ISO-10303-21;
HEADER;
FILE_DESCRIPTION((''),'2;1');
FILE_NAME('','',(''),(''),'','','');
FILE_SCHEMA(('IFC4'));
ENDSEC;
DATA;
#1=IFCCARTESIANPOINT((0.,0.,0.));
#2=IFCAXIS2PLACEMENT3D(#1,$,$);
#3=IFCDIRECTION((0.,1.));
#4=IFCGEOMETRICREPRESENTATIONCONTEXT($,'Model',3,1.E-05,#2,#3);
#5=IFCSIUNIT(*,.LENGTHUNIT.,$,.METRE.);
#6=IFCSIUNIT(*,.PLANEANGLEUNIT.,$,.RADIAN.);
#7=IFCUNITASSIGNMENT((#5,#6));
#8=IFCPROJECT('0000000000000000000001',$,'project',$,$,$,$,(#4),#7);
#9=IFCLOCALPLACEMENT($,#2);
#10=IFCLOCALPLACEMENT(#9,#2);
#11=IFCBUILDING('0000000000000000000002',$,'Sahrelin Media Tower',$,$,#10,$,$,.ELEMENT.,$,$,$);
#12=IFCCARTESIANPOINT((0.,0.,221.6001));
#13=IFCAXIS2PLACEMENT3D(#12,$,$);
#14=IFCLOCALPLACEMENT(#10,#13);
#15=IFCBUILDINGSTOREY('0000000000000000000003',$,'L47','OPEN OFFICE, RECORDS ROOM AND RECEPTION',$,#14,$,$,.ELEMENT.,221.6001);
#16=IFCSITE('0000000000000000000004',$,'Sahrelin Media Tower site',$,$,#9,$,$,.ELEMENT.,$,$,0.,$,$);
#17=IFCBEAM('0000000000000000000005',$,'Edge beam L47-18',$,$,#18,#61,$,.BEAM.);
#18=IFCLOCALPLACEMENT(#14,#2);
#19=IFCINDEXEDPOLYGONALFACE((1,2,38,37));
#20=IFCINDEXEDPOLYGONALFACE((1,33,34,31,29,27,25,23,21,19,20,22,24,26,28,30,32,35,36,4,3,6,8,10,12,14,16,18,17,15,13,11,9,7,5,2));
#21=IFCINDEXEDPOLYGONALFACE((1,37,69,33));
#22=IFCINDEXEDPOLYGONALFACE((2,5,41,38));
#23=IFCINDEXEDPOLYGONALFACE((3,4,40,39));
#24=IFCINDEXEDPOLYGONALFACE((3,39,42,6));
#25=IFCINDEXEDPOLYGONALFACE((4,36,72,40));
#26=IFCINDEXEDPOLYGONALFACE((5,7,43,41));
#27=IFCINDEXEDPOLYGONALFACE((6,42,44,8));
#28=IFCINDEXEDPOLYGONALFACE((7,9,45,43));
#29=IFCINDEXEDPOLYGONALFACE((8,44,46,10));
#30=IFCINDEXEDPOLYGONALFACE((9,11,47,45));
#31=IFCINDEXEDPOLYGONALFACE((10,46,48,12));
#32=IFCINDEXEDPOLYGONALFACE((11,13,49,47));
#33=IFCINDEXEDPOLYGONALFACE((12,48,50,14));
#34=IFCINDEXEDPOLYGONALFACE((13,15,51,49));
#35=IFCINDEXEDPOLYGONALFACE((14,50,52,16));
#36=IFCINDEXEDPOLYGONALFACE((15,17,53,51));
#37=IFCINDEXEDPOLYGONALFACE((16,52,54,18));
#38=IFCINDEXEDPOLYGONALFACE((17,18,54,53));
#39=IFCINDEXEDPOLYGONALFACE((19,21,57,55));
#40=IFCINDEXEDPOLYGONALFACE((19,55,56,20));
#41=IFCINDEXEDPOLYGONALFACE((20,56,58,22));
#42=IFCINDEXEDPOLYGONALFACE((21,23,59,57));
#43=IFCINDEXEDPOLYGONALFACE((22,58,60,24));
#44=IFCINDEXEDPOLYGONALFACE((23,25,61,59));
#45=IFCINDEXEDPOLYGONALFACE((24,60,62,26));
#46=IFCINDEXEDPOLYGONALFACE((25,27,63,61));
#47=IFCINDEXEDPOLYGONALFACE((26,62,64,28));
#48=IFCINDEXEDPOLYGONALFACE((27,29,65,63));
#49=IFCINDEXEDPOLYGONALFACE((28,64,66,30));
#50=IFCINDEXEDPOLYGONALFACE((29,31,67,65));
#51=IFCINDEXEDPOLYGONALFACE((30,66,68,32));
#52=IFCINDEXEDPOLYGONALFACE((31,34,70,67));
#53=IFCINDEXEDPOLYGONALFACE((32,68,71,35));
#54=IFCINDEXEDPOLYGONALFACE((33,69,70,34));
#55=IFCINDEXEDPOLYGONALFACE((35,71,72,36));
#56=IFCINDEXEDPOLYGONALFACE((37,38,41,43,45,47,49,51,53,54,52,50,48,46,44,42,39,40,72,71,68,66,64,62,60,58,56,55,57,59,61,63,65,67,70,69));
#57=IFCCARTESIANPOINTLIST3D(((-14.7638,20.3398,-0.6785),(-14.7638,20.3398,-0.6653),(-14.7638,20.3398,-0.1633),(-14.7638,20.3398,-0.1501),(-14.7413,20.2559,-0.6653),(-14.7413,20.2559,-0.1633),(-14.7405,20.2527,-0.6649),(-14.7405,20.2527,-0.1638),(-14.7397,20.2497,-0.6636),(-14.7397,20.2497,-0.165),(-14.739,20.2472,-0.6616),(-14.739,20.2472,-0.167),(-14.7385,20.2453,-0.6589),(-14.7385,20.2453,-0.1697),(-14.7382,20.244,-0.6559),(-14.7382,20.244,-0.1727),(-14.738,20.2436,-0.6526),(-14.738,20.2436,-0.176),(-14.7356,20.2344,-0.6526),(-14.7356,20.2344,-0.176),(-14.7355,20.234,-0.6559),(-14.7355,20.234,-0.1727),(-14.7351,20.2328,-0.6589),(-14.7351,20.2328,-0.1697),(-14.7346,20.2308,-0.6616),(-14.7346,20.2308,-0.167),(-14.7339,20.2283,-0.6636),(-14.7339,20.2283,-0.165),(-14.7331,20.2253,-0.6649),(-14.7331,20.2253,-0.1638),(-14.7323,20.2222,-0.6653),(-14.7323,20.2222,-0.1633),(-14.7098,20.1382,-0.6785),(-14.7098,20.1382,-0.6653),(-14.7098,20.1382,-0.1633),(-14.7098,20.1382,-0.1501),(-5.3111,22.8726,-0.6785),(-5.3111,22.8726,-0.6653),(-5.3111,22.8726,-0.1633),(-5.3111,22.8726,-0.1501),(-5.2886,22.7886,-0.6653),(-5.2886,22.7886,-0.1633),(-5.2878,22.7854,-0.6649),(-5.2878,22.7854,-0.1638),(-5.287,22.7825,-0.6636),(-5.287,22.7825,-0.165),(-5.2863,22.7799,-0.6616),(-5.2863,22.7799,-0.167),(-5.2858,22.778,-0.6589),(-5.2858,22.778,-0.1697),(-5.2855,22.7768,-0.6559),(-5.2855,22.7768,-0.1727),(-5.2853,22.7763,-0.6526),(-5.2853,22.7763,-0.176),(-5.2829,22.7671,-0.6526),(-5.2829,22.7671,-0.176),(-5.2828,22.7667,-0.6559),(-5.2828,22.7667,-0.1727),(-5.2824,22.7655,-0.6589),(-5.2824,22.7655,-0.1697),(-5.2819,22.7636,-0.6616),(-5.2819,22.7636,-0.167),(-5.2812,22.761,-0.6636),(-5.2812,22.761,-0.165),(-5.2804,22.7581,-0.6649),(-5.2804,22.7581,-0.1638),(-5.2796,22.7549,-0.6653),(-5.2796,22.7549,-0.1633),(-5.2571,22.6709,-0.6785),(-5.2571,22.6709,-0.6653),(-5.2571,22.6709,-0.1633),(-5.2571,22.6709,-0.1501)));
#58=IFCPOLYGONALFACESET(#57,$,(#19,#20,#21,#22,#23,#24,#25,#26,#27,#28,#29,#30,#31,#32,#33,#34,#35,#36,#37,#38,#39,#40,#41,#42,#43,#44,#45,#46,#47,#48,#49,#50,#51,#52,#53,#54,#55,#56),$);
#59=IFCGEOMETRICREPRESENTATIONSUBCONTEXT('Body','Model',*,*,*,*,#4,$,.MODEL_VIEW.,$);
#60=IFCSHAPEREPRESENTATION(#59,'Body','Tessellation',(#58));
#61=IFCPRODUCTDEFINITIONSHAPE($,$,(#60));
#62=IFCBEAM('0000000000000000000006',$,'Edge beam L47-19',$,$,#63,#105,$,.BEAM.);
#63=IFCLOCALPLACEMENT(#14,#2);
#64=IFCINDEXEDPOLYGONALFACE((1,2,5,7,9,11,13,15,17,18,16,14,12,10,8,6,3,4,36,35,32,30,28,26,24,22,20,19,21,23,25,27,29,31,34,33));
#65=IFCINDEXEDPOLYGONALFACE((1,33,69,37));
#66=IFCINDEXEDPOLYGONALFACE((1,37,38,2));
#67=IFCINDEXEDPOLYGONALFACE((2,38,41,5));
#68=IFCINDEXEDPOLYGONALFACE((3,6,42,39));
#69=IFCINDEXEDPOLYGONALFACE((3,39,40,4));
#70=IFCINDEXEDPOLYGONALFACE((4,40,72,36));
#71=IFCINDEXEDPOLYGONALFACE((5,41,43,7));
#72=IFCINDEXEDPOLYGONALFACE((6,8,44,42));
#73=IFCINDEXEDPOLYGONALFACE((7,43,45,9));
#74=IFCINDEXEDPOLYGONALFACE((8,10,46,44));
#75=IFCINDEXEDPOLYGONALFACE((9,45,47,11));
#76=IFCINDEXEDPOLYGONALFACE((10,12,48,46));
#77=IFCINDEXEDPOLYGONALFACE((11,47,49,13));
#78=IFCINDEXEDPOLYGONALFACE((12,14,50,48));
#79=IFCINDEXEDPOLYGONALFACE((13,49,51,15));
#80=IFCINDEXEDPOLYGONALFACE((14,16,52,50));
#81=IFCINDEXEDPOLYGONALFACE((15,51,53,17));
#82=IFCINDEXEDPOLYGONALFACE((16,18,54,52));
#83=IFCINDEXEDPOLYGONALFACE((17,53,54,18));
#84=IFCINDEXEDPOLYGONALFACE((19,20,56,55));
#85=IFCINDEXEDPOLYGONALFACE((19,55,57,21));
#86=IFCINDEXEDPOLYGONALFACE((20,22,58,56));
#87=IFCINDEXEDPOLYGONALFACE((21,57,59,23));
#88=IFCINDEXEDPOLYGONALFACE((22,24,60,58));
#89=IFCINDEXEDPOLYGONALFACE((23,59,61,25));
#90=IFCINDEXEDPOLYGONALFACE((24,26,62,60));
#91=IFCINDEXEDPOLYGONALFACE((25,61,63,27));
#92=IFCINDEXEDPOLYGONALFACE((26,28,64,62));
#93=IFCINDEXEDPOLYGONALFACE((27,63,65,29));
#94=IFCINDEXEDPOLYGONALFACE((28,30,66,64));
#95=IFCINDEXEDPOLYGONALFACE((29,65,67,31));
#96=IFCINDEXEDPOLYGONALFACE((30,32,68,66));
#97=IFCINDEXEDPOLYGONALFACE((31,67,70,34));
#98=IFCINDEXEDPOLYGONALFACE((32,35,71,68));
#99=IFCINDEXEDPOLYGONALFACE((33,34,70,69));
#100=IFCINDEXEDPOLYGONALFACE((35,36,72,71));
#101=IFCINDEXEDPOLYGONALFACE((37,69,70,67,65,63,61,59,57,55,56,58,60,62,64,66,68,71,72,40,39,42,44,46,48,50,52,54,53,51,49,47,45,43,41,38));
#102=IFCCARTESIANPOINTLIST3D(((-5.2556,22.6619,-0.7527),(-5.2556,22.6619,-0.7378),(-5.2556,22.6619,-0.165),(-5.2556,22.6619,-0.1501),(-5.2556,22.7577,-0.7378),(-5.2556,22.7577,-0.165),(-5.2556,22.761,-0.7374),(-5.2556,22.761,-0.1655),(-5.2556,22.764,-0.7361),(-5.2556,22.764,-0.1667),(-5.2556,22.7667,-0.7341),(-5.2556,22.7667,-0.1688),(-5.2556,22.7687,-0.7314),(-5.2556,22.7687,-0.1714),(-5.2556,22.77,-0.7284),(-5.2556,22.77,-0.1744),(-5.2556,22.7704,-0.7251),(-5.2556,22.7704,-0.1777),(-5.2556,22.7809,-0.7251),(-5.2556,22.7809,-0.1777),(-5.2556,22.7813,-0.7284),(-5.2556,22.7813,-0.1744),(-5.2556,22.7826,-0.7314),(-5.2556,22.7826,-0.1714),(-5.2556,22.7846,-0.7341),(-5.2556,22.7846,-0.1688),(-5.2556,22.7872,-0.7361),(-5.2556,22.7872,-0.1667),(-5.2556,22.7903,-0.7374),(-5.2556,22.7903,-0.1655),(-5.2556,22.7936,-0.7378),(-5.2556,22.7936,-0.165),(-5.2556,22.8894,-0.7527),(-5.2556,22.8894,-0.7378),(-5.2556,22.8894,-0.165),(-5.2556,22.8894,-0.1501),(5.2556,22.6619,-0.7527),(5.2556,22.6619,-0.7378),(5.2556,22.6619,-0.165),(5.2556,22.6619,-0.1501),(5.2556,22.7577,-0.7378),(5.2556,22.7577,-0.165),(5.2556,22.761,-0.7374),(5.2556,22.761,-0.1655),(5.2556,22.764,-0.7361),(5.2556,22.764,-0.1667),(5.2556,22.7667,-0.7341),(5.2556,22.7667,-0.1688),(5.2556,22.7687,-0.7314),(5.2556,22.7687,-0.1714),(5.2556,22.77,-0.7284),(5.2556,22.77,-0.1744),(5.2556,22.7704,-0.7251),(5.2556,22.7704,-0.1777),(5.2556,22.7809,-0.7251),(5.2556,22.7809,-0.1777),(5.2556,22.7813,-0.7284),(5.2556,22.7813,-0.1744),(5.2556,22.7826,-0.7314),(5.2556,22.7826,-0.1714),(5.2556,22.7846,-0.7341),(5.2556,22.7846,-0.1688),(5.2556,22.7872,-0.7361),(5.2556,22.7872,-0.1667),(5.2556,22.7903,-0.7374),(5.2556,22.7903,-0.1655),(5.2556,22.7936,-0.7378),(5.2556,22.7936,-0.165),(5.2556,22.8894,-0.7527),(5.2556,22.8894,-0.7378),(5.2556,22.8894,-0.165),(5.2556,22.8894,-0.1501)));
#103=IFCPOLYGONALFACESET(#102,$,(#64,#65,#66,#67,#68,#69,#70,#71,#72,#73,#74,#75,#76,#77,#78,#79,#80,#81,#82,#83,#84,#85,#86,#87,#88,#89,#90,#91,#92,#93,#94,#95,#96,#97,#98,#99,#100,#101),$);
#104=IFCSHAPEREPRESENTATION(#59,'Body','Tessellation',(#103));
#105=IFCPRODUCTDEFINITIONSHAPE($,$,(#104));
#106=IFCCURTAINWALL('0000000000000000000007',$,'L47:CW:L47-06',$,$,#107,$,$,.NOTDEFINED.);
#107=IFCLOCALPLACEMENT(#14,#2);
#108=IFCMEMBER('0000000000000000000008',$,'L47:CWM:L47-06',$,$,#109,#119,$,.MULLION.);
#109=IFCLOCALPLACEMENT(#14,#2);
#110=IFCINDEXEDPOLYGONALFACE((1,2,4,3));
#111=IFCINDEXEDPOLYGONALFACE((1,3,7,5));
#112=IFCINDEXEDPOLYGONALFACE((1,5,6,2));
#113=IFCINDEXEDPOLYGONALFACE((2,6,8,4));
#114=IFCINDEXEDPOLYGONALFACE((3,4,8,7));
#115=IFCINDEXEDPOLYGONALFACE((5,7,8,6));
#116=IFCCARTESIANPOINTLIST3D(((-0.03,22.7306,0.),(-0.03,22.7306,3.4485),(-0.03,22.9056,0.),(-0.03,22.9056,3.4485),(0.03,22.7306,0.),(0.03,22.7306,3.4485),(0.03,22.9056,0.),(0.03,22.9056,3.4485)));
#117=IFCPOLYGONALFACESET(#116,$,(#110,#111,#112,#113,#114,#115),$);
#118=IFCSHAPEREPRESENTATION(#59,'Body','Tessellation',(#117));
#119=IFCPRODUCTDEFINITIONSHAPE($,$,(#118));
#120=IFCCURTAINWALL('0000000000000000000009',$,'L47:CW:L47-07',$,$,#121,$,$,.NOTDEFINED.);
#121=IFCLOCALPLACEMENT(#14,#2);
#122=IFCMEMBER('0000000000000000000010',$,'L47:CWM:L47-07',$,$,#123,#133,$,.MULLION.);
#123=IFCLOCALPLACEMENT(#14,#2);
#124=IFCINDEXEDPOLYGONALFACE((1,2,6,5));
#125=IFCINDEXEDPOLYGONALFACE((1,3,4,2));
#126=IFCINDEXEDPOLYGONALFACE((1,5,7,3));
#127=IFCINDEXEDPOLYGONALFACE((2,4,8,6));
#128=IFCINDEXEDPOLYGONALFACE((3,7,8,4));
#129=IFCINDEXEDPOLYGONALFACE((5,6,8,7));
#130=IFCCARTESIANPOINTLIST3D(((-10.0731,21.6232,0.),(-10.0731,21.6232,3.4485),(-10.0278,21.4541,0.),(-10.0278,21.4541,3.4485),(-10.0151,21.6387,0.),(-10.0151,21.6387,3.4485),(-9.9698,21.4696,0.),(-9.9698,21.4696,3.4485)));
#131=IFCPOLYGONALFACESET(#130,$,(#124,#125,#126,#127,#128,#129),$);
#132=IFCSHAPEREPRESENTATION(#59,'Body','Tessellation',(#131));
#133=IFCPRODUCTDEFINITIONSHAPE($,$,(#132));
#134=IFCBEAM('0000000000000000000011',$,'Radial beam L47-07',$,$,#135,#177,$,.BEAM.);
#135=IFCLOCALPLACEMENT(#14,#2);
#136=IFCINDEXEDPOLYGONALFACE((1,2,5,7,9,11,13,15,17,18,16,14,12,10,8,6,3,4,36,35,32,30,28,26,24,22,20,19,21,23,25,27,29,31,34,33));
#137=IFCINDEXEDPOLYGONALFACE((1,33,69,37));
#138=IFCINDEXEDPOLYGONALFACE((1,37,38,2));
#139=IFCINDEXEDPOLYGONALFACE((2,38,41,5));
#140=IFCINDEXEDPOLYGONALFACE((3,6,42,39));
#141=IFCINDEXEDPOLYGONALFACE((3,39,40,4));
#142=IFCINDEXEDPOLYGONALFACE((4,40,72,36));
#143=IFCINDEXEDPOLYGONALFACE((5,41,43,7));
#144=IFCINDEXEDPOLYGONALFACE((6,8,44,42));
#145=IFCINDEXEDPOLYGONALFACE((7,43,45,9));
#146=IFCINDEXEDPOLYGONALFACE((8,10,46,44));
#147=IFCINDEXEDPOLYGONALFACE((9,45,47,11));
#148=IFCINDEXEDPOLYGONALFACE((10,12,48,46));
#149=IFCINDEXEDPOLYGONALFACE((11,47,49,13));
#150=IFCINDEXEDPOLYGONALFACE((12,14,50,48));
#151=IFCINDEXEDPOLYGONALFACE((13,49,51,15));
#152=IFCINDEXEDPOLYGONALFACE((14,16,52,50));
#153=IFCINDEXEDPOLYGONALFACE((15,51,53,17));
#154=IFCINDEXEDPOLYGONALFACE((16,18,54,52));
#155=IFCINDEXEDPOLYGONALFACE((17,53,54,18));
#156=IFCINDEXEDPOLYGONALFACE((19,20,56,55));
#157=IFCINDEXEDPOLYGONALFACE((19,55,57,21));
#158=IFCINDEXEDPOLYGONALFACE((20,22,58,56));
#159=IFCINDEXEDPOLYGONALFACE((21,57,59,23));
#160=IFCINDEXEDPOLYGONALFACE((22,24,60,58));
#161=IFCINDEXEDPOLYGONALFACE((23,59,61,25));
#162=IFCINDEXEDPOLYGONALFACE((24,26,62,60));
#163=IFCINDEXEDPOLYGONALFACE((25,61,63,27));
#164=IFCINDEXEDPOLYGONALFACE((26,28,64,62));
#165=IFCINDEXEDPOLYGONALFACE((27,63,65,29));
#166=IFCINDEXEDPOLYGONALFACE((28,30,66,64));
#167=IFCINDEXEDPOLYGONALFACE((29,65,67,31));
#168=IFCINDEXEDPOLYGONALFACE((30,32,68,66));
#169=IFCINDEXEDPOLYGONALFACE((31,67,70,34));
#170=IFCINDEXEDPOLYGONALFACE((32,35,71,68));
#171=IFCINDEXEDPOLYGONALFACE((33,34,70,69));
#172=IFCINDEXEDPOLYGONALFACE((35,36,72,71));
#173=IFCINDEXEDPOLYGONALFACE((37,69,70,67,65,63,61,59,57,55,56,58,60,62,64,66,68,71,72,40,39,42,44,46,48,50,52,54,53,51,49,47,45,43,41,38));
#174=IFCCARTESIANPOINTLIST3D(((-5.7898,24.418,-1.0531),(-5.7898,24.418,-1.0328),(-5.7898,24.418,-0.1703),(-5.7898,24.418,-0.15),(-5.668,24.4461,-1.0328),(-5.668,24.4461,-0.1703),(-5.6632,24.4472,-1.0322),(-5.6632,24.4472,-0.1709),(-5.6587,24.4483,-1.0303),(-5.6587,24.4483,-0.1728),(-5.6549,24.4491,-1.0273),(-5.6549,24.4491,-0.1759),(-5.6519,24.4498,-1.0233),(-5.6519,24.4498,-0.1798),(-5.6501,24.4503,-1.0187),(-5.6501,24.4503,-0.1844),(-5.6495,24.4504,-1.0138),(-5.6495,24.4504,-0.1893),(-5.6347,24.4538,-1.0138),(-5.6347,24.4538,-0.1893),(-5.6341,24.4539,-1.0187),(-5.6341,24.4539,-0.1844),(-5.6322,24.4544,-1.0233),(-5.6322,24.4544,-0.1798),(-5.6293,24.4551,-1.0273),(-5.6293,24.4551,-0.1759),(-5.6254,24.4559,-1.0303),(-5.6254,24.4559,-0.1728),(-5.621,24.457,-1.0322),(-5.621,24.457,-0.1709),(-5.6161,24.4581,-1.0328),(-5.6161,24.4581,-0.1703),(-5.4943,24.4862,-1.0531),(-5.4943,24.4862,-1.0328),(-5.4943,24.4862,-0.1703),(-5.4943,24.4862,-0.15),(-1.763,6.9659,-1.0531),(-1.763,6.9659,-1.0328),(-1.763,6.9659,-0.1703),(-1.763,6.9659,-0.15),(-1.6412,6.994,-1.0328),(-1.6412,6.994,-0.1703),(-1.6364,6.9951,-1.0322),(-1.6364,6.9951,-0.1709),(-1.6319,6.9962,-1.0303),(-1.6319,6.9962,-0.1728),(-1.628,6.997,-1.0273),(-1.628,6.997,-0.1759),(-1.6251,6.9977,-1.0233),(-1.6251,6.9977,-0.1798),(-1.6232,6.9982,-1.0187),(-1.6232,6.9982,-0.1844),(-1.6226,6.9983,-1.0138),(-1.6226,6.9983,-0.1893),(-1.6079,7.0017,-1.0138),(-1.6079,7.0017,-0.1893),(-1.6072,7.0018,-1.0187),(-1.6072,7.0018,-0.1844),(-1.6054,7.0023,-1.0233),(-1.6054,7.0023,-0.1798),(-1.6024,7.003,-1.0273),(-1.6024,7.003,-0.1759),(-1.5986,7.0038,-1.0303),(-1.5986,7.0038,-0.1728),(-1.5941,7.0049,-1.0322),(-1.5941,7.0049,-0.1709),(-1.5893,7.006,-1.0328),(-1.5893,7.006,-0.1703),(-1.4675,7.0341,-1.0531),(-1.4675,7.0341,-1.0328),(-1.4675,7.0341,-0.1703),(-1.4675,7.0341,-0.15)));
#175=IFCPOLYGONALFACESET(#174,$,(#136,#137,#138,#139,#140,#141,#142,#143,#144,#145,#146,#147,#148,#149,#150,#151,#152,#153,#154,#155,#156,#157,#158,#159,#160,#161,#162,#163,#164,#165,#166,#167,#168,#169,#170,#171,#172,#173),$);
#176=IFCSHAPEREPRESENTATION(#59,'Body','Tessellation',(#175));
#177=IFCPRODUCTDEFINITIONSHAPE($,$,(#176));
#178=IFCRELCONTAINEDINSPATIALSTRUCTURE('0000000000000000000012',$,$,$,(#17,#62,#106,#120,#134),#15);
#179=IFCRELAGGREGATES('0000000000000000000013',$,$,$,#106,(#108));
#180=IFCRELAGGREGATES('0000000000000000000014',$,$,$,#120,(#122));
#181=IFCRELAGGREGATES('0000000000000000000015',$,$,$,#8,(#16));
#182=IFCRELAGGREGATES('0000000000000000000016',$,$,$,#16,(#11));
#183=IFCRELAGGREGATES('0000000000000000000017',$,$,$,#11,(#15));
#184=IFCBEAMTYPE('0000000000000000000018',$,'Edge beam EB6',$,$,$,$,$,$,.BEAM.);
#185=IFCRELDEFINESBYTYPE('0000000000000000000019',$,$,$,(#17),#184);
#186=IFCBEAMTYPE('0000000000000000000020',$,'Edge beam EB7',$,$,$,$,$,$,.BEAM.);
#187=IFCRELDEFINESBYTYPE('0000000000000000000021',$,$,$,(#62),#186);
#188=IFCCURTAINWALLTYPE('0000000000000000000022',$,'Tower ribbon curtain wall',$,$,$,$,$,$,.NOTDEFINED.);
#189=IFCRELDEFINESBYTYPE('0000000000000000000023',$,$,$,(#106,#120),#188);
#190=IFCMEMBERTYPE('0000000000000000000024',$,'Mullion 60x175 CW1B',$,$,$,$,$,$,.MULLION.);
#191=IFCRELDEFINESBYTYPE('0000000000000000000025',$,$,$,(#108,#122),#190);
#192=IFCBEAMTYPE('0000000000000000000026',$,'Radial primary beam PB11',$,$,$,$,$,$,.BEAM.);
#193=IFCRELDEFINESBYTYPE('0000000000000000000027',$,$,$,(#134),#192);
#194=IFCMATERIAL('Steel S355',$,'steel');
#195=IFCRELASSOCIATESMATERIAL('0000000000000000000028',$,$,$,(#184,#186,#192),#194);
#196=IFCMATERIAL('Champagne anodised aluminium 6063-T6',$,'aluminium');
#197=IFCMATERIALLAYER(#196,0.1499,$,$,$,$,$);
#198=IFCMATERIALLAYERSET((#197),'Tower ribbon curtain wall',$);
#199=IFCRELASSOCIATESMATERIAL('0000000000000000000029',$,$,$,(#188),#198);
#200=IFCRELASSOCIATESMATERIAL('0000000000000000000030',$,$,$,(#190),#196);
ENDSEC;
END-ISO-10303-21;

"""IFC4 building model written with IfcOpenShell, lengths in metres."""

from ifc_helpers import new_model, si_unit, direction, frame, origin, origin_2d, place, context, subcontext, project, spatial, rectangle, i_section, extrude, material, layer, layer_set, material_profile, profile_set, type_object, element, aggregate, save


model = new_model("IFC4")

# Units and contexts
model_context = context("Model", 3, precision=1e-05, world=origin(), true_north=direction((0.0, 1.0)))
body_context = subcontext(model_context, "Body", "Model", "MODEL_VIEW")
ifc_project = project(units=[si_unit("LENGTHUNIT", "METRE"), si_unit("PLANEANGLEUNIT", "RADIAN")], contexts=[model_context])

# Site, building, storey
site_placement = place(None, origin())
site = spatial("IfcSite", under=ifc_project, at=site_placement, Name="Sahrelin Media Tower site", CompositionType="ELEMENT", RefElevation=0.0)
building_placement = place(site_placement, origin())
building = spatial("IfcBuilding", under=site, at=building_placement, Name="Sahrelin Media Tower", CompositionType="ELEMENT")
storey_placement = place(building_placement, frame((0.0, 0.0, 221.6001)))
storey = spatial("IfcBuildingStorey", under=building, at=storey_placement, Name="L47", Description="OPEN OFFICE, RECORDS ROOM AND RECEPTION", CompositionType="ELEMENT", Elevation=221.6001)

# Beams
ifc_material_1 = material(Name="Steel S355", Category="steel")
ifc_material_profile_1 = material_profile(ifc_material_1, i_section(OverallWidth=0.2087, OverallDepth=0.5283, WebThickness=0.0095, FlangeThickness=0.0132, FilletRadius=0.0127, at=origin_2d()), Name="UB 533x210x82")
ifc_profile_set_1 = profile_set([ifc_material_profile_1], Name="Steel S355")
beam_type_1 = type_object("IfcBeamType", Name="Edge beam EB6", PredefinedType="BEAM", material=ifc_profile_set_1)
beam_1_placement = place(storey_placement, frame((-14.7368, 20.239, -0.4143), z_axis=(0.965929, 0.258808, 0.0), x_axis=(-0.258808, 0.965929, 0.0)))
element("IfcBeam", 1, at=beam_1_placement, inside=storey, type_object=beam_type_1, Name="Edge beam L47-18", PredefinedType="BEAM", context=body_context, shape_type="SweptSolid", body=[
    extrude(i_section(OverallWidth=0.2087, OverallDepth=0.5283, WebThickness=0.0095, FlangeThickness=0.0132, FilletRadius=0.0127, at=origin_2d()), origin(), (0.0, 0.0, 1.0), 9.7861),
])
ifc_material_profile_2 = material_profile(ifc_material_1, i_section(OverallWidth=0.2275, OverallDepth=0.6025, WebThickness=0.0105, FlangeThickness=0.0149, FilletRadius=0.0127, at=origin_2d()), Name="UB 610x229x101")
ifc_profile_set_2 = profile_set([ifc_material_profile_2], Name="Steel S355")
beam_type_2 = type_object("IfcBeamType", Name="Edge beam EB7", PredefinedType="BEAM", material=ifc_profile_set_2)
beam_2_placement = place(storey_placement, frame((-5.2556, 22.7756, -0.4514), z_axis=(1.0, 0.0, 0.0), x_axis=(0.0, 1.0, 0.0)))
element("IfcBeam", 2, at=beam_2_placement, inside=storey, type_object=beam_type_2, Name="Edge beam L47-19", PredefinedType="BEAM", context=body_context, shape_type="SweptSolid", body=[
    extrude(i_section(OverallWidth=0.2275, OverallDepth=0.6025, WebThickness=0.0105, FlangeThickness=0.0149, FilletRadius=0.0127, at=origin_2d()), origin(), (0.0, 0.0, 1.0), 10.5112),
])

# Curtain walls, members
ifc_material_2 = material(Name="Champagne anodised aluminium 6063-T6", Category="aluminium")
ifc_layer_1 = layer(ifc_material_2, 0.1499)
ifc_layer_set_1 = layer_set([ifc_layer_1], Name="Tower ribbon curtain wall")
curtain_wall_type = type_object("IfcCurtainWallType", Name="Tower ribbon curtain wall", PredefinedType="NOTDEFINED", material=ifc_layer_set_1)
placement_1 = place(storey_placement, frame((0.0, 22.9255, 0.0), z_axis=(0.0, 0.0, 1.0), x_axis=(1.0, 0.0, 0.0)))
curtain_wall_1 = element("IfcCurtainWall", 3, at=placement_1, inside=storey, type_object=curtain_wall_type, Name="L47:CW:L47-06", PredefinedType="NOTDEFINED")
ifc_material_profile_3 = material_profile(ifc_material_2, rectangle(XDim=0.0601, YDim=0.175, at=origin_2d()), Name="Mullion 60x175")
ifc_profile_set_3 = profile_set([ifc_material_profile_3], Name="Champagne anodised aluminium 6063-T6")
member_type_1 = type_object("IfcMemberType", Name="Mullion 60x175 CW1B", PredefinedType="MULLION", material=ifc_profile_set_3)
member_1_placement = place(storey_placement, frame((0.0, 22.8181, 0.0), z_axis=(0.0, 0.0, 1.0), x_axis=(-1.0, 0.0, 0.0)))
member_1 = element("IfcMember", 4, at=member_1_placement, type_object=member_type_1, Name="L47:CWM:L47-06", PredefinedType="MULLION", context=body_context, shape_type="SweptSolid", body=[
    extrude(rectangle(XDim=0.0601, YDim=0.175, at=origin_2d()), origin(), (0.0, 0.0, 1.0), 3.4485),
])
aggregate(curtain_wall_1, [member_1])
curtain_wall_2_placement = place(storey_placement, frame((-10.0493, 21.6504, 0.0), z_axis=(0.0, 0.0, 1.0), x_axis=(1.0, 0.0, 0.0)))
curtain_wall_2 = element("IfcCurtainWall", 5, at=curtain_wall_2_placement, inside=storey, type_object=curtain_wall_type, Name="L47:CW:L47-07", PredefinedType="NOTDEFINED")
member_2_placement = place(storey_placement, frame((-10.0215, 21.5464, 0.0), z_axis=(0.0, 0.0, 1.0), x_axis=(-0.965924, -0.258824, 0.0)))
member_2 = element("IfcMember", 6, at=member_2_placement, type_object=member_type_1, Name="L47:CWM:L47-07", PredefinedType="MULLION", context=body_context, shape_type="SweptSolid", body=[
    extrude(rectangle(XDim=0.0601, YDim=0.175, at=origin_2d()), origin(), (0.0, 0.0, 1.0), 3.4485),
])

# Beam
ifc_material_profile_4 = material_profile(ifc_material_1, i_section(OverallWidth=0.3032, OverallDepth=0.9031, WebThickness=0.0151, FlangeThickness=0.0203, FilletRadius=0.019, at=origin_2d()), Name="UB 914x305x201")
ifc_profile_set_4 = profile_set([ifc_material_profile_4], Name="Steel S355")
beam_type_3 = type_object("IfcBeamType", Name="Radial primary beam PB11", PredefinedType="BEAM", material=ifc_profile_set_4)
beam_3_placement = place(storey_placement, frame((-1.6152, 7.0, -0.6016), z_axis=(-0.22483, 0.974398, 0.0), x_axis=(-0.974398, -0.22483, 0.0)))
element("IfcBeam", 7, at=beam_3_placement, inside=storey, type_object=beam_type_3, Name="Radial beam L47-07", PredefinedType="BEAM", context=body_context, shape_type="SweptSolid", body=[
    extrude(i_section(OverallWidth=0.3032, OverallDepth=0.9031, WebThickness=0.0151, FlangeThickness=0.0203, FilletRadius=0.019, at=origin_2d()), origin(), (0.0, 0.0, 1.0), 17.9106),
])

aggregate(curtain_wall_2, [member_2])

save(model, "model.ifc")
